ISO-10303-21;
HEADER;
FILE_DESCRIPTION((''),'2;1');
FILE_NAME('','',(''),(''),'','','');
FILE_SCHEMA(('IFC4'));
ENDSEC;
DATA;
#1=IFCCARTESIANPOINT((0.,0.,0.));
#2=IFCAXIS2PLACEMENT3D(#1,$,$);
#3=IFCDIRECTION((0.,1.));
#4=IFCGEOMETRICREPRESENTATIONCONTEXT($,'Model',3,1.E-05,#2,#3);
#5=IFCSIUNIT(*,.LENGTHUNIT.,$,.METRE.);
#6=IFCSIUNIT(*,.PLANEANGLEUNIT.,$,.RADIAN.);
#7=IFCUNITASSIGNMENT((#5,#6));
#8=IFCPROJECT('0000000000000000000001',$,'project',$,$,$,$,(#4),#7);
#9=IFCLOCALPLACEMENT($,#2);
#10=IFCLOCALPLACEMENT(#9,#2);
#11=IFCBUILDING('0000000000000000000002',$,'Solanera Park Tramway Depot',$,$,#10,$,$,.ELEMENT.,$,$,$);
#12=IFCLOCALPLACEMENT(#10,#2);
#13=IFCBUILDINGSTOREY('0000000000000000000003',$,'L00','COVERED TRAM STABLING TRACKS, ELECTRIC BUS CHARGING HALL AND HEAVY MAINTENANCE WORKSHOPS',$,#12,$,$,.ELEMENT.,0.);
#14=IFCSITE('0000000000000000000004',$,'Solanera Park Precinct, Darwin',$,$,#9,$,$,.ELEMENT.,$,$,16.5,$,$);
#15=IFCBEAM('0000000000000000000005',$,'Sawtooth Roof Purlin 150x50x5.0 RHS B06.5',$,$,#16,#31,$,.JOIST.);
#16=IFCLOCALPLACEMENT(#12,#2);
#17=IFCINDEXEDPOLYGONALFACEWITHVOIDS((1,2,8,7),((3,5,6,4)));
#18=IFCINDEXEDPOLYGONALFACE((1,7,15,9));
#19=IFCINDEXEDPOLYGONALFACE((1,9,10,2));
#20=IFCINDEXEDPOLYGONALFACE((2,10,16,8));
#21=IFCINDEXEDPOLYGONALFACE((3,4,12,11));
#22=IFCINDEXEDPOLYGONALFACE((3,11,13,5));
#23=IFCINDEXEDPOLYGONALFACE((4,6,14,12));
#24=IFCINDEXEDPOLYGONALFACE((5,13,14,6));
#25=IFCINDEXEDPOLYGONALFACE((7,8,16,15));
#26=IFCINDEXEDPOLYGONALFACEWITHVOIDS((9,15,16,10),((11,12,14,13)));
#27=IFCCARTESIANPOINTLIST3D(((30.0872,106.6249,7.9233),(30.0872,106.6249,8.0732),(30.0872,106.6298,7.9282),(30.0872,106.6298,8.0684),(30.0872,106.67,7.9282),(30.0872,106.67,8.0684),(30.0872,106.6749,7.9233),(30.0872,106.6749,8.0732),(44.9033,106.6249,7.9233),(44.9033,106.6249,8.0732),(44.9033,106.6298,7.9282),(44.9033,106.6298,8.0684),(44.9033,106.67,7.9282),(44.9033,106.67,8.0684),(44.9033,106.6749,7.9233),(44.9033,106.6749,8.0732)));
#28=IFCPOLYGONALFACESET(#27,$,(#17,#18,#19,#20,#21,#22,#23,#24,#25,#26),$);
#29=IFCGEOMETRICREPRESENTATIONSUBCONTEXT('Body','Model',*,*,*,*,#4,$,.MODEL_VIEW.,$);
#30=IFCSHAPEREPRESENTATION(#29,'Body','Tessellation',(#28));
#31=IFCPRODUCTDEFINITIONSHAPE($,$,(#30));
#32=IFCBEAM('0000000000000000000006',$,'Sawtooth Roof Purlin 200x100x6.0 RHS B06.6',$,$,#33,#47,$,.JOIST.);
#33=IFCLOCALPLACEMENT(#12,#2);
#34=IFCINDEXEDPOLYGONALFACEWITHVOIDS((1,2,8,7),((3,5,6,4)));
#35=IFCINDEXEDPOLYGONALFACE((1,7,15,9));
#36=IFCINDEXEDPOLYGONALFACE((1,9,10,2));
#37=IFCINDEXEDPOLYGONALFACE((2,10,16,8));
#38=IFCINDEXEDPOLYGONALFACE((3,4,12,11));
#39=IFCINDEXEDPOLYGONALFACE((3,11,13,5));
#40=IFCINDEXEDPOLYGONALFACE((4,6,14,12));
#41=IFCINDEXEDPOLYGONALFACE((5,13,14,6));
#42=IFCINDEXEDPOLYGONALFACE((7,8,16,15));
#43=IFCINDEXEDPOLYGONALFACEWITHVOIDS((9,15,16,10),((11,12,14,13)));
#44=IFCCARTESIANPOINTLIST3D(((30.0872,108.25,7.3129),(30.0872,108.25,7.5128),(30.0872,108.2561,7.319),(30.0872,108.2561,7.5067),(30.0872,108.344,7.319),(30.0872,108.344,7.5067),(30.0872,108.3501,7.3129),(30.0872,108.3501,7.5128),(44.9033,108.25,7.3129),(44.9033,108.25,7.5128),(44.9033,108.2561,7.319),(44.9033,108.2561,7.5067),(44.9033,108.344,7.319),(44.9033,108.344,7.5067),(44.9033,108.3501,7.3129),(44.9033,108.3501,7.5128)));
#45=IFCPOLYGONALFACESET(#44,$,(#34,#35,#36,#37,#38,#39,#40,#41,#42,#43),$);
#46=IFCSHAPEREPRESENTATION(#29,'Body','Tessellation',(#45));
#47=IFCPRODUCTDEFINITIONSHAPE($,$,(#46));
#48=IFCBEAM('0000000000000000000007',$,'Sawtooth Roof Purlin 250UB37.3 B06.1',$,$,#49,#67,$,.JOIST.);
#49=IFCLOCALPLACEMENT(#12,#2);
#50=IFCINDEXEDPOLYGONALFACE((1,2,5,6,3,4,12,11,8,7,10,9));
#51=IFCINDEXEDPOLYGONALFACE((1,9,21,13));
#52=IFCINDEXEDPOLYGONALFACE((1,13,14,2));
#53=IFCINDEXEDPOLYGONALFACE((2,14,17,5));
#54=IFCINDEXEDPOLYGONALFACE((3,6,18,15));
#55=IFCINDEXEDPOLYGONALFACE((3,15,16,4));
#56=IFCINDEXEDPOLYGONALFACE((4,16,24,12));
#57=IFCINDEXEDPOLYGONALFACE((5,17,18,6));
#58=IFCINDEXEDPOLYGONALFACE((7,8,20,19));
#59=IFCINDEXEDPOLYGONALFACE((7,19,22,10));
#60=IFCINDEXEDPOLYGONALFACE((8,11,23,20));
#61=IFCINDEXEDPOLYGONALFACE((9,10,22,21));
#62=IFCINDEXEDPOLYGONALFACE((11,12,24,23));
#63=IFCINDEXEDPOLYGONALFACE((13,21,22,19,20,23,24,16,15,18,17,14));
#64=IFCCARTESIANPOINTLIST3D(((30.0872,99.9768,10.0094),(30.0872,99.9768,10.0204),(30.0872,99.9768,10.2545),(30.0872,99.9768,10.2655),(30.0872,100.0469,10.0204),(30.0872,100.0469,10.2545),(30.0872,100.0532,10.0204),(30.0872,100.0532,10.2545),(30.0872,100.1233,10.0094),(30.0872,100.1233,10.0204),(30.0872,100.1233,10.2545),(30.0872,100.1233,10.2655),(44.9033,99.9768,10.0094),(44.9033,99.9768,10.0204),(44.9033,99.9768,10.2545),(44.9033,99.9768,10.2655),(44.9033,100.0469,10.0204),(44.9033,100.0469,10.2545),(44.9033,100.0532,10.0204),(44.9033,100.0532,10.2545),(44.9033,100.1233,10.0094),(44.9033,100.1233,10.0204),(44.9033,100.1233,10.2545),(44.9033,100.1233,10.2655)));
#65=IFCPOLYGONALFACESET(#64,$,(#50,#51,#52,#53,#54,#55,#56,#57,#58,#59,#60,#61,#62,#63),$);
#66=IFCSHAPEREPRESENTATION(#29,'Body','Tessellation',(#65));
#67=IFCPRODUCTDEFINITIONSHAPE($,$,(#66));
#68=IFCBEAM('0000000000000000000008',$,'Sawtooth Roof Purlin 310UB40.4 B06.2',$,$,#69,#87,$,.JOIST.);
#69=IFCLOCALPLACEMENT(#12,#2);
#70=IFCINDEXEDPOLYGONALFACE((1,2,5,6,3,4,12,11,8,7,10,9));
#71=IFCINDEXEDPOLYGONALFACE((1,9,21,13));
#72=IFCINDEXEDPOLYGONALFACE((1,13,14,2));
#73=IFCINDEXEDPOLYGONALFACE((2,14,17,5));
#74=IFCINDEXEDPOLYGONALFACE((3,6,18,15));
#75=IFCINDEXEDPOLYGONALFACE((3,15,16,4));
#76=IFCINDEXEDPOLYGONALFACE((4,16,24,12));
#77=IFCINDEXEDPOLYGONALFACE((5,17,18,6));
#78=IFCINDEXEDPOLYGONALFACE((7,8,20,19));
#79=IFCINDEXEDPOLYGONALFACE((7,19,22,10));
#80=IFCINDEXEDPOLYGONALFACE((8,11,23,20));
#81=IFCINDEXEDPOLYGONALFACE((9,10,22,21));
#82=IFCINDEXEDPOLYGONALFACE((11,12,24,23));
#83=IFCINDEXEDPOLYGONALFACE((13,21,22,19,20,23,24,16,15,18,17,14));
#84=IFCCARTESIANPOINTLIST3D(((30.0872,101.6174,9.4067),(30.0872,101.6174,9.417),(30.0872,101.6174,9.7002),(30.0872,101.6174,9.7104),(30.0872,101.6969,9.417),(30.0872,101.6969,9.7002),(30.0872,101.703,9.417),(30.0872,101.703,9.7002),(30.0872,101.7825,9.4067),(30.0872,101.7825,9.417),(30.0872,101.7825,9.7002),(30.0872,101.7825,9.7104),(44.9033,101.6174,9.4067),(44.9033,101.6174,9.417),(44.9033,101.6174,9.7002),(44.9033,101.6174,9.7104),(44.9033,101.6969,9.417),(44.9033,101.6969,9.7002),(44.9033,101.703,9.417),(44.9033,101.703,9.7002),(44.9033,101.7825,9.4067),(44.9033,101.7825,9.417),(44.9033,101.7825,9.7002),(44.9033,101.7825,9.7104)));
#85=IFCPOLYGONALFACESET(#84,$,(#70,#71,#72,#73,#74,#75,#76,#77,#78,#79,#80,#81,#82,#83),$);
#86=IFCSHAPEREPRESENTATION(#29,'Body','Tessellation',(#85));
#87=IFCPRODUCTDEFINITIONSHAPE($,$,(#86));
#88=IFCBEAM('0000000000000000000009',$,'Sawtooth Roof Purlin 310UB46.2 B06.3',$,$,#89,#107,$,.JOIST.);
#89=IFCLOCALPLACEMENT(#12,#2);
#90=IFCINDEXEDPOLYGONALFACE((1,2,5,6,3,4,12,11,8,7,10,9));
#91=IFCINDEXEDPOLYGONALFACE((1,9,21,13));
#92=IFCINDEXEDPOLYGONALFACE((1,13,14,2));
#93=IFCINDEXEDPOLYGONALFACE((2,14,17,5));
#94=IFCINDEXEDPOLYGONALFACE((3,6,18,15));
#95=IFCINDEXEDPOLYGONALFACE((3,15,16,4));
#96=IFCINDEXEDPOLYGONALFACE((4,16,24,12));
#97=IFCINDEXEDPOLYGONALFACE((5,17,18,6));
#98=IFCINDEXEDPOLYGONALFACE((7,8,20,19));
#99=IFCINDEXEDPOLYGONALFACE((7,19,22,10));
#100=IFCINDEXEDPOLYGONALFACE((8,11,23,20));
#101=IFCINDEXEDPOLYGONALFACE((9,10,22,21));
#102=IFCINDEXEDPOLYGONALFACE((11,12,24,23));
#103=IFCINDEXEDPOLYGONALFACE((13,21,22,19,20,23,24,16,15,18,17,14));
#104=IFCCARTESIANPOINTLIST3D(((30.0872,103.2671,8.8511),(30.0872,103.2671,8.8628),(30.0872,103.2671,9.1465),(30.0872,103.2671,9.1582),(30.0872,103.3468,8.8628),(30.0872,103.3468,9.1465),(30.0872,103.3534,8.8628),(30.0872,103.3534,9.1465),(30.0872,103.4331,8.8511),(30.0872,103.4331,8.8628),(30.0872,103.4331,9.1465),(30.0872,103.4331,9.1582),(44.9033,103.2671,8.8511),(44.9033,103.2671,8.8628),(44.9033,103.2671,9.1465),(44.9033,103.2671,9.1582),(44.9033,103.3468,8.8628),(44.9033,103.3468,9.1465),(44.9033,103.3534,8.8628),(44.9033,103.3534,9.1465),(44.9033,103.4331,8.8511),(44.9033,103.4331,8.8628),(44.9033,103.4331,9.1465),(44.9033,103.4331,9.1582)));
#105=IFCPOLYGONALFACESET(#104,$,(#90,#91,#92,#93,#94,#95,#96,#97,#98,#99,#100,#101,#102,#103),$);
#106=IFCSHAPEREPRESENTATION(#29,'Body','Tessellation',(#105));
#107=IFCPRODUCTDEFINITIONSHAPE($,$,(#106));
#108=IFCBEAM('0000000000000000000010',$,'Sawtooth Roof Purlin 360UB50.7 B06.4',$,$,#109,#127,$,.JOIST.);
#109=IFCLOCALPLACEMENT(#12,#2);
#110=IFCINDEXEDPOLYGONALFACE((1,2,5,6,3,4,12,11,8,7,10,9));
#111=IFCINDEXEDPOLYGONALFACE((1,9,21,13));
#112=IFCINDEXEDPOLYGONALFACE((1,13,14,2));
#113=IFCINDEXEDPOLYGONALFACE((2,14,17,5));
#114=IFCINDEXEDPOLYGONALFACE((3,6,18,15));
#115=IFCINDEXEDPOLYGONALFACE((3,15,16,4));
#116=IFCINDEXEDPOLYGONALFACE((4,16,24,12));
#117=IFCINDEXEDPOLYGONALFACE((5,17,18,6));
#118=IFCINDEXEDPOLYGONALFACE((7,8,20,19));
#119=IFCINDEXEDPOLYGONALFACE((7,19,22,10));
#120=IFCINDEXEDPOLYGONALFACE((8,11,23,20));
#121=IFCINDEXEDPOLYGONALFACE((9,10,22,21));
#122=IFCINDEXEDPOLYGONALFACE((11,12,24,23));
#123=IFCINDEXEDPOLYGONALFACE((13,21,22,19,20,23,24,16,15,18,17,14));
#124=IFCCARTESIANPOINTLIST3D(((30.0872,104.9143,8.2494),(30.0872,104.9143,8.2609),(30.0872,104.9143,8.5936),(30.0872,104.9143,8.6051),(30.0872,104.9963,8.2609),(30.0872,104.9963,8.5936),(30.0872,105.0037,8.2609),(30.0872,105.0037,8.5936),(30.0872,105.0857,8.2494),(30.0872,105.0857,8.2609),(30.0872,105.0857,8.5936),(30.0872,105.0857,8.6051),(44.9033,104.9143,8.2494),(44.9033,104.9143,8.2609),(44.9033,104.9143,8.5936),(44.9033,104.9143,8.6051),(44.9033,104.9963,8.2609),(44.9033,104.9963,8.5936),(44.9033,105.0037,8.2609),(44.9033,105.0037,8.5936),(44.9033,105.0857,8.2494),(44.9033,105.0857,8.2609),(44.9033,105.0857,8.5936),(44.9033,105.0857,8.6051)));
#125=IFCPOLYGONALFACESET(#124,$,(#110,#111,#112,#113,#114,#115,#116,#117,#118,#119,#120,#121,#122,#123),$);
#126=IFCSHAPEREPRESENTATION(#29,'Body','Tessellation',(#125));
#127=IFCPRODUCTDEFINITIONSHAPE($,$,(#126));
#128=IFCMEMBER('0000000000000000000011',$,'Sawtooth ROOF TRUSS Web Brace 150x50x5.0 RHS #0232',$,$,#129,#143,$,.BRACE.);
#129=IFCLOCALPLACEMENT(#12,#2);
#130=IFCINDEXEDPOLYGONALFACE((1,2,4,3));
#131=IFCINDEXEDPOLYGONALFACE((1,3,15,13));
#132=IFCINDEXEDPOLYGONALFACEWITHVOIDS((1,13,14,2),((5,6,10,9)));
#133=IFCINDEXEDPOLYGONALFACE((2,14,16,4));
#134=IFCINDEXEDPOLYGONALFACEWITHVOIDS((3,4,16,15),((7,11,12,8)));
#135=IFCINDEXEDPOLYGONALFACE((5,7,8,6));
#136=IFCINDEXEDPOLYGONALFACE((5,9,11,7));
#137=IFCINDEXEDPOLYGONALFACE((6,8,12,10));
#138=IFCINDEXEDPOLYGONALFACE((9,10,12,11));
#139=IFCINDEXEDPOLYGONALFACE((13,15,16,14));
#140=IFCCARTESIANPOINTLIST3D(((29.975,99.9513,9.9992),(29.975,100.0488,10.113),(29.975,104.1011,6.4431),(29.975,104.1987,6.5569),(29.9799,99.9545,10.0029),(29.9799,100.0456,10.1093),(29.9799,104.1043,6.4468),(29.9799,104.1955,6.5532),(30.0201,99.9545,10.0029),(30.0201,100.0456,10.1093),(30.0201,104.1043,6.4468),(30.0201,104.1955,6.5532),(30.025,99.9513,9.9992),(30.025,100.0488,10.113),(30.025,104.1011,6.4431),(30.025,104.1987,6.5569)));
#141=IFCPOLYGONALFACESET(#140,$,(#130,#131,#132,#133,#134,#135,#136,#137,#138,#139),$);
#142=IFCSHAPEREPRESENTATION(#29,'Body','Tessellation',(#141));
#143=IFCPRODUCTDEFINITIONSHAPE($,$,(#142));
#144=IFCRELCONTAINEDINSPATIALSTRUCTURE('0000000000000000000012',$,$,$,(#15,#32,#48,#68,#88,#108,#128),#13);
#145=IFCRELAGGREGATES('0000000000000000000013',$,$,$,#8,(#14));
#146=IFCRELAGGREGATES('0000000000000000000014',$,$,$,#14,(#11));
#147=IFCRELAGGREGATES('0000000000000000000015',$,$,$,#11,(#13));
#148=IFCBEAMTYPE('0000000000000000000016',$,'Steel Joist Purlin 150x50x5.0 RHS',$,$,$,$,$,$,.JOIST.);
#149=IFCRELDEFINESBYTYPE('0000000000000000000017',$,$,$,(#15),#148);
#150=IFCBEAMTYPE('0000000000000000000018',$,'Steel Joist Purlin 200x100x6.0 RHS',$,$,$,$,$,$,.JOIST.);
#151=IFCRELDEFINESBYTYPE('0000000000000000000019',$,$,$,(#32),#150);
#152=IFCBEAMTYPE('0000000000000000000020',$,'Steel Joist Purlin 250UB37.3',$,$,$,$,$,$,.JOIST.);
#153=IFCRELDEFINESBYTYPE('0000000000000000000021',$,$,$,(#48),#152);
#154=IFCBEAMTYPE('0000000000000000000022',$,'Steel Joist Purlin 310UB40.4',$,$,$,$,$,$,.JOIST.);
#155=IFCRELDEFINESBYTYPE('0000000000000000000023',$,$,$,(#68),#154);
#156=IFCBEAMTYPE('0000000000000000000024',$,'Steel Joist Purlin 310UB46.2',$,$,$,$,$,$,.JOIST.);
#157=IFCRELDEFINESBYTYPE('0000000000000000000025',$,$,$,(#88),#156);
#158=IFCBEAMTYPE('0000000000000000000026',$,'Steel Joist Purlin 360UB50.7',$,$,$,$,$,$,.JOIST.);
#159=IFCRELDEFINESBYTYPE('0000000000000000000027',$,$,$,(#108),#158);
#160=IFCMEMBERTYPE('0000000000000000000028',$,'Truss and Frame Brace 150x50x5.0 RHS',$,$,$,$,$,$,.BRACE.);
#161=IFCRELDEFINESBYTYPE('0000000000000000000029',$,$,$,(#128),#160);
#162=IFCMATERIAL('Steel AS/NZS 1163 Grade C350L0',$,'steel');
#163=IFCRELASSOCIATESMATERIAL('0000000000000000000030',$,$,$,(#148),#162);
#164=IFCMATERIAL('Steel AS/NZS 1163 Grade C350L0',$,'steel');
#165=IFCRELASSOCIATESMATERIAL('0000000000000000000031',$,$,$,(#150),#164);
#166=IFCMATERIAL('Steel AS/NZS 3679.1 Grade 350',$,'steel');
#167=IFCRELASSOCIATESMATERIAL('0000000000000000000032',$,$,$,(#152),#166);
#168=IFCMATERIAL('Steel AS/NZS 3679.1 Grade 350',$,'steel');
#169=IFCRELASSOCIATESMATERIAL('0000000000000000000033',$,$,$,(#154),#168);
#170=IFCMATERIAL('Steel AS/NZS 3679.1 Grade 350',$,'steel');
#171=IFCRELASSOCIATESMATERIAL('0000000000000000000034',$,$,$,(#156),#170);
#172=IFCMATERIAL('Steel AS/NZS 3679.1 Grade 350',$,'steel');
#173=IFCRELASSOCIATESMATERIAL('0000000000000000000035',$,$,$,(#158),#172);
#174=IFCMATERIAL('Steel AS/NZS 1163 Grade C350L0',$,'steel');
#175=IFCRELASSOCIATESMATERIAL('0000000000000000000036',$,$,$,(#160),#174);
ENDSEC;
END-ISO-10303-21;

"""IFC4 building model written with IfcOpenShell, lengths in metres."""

from ifc_helpers import new_model, si_unit, direction, frame, origin, origin_2d, place, context, subcontext, project, spatial, hollow_rectangle, i_section, extrude, material, material_profile, profile_set, type_object, element, save


model = new_model("IFC4")

# Units and contexts
model_context = context("Model", 3, precision=1e-05, world=origin(), true_north=direction((0.0, 1.0)))
body_context = subcontext(model_context, "Body", "Model", "MODEL_VIEW")
ifc_project = project(units=[si_unit("LENGTHUNIT", "METRE"), si_unit("PLANEANGLEUNIT", "RADIAN")], contexts=[model_context])

# Site, building, storey
site_placement = place(None, origin())
site = spatial("IfcSite", under=ifc_project, at=site_placement, Name="Solanera Park Precinct, Darwin", CompositionType="ELEMENT", RefElevation=16.5)
building_placement = place(site_placement, origin())
building = spatial("IfcBuilding", under=site, at=building_placement, Name="Solanera Park Tramway Depot", CompositionType="ELEMENT")
storey_placement = place(building_placement, origin())
storey = spatial("IfcBuildingStorey", under=building, at=storey_placement, Name="L00", Description="COVERED TRAM STABLING TRACKS, ELECTRIC BUS CHARGING HALL AND HEAVY MAINTENANCE WORKSHOPS", CompositionType="ELEMENT", Elevation=0.0)

# Beams
ifc_material_1 = material(Name="Steel AS/NZS 1163 Grade C350L0", Category="steel")
ifc_material_profile_1 = material_profile(ifc_material_1, hollow_rectangle(XDim=0.05, YDim=0.1499, WallThickness=0.0049, at=origin_2d()), Name="150x50x5.0 RHS")
ifc_profile_set_1 = profile_set([ifc_material_profile_1], Name="Steel AS/NZS 1163 Grade C350L0")
beam_type_1 = type_object("IfcBeamType", Name="Steel Joist Purlin 150x50x5.0 RHS", PredefinedType="JOIST", material=ifc_profile_set_1)
beam_1_placement = place(storey_placement, frame((30.0872, 106.6499, 7.9983), z_axis=(1.0, 0.0, 0.0), x_axis=(0.0, 1.0, 0.0)))
element("IfcBeam", 1, at=beam_1_placement, inside=storey, type_object=beam_type_1, Name="Sawtooth Roof Purlin 150x50x5.0 RHS B06.5", PredefinedType="JOIST", context=body_context, shape_type="SweptSolid", body=[
    extrude(hollow_rectangle(XDim=0.05, YDim=0.1499, WallThickness=0.0049, at=origin_2d()), origin(), (0.0, 0.0, 1.0), 14.8162),
])
ifc_material_2 = material(Name="Steel AS/NZS 1163 Grade C350L0", Category="steel")
ifc_material_profile_2 = material_profile(ifc_material_2, hollow_rectangle(XDim=0.1001, YDim=0.2, WallThickness=0.0061, at=origin_2d()), Name="200x100x6.0 RHS")
ifc_profile_set_2 = profile_set([ifc_material_profile_2], Name="Steel AS/NZS 1163 Grade C350L0")
beam_type_2 = type_object("IfcBeamType", Name="Steel Joist Purlin 200x100x6.0 RHS", PredefinedType="JOIST", material=ifc_profile_set_2)
beam_2_placement = place(storey_placement, frame((30.0872, 108.3, 7.4128), z_axis=(1.0, 0.0, 0.0), x_axis=(0.0, 1.0, 0.0)))
element("IfcBeam", 2, at=beam_2_placement, inside=storey, type_object=beam_type_2, Name="Sawtooth Roof Purlin 200x100x6.0 RHS B06.6", PredefinedType="JOIST", context=body_context, shape_type="SweptSolid", body=[
    extrude(hollow_rectangle(XDim=0.1001, YDim=0.2, WallThickness=0.0061, at=origin_2d()), origin(), (0.0, 0.0, 1.0), 14.8162),
])
ifc_material_3 = material(Name="Steel AS/NZS 3679.1 Grade 350", Category="steel")
ifc_material_profile_3 = material_profile(ifc_material_3, i_section(OverallWidth=0.1465, OverallDepth=0.2561, WebThickness=0.0063, FlangeThickness=0.011, at=origin_2d()), Name="250UB37.3")
ifc_profile_set_3 = profile_set([ifc_material_profile_3], Name="Steel AS/NZS 3679.1 Grade 350")
beam_type_3 = type_object("IfcBeamType", Name="Steel Joist Purlin 250UB37.3", PredefinedType="JOIST", material=ifc_profile_set_3)
beam_3_placement = place(storey_placement, frame((30.0872, 100.05, 10.1375), z_axis=(1.0, 0.0, 0.0), x_axis=(0.0, 1.0, 0.0)))
element("IfcBeam", 3, at=beam_3_placement, inside=storey, type_object=beam_type_3, Name="Sawtooth Roof Purlin 250UB37.3 B06.1", PredefinedType="JOIST", context=body_context, shape_type="SweptSolid", body=[
    extrude(i_section(OverallWidth=0.1465, OverallDepth=0.2561, WebThickness=0.0063, FlangeThickness=0.011, at=origin_2d()), origin(), (0.0, 0.0, 1.0), 14.8162),
])
ifc_material_4 = material(Name="Steel AS/NZS 3679.1 Grade 350", Category="steel")
ifc_material_profile_4 = material_profile(ifc_material_4, i_section(OverallWidth=0.165, OverallDepth=0.3037, WebThickness=0.0061, FlangeThickness=0.0103, at=origin_2d()), Name="310UB40.4")
ifc_profile_set_4 = profile_set([ifc_material_profile_4], Name="Steel AS/NZS 3679.1 Grade 350")
beam_type_4 = type_object("IfcBeamType", Name="Steel Joist Purlin 310UB40.4", PredefinedType="JOIST", material=ifc_profile_set_4)
beam_4_placement = place(storey_placement, frame((30.0872, 101.7, 9.5586), z_axis=(1.0, 0.0, 0.0), x_axis=(0.0, 1.0, 0.0)))
element("IfcBeam", 4, at=beam_4_placement, inside=storey, type_object=beam_type_4, Name="Sawtooth Roof Purlin 310UB40.4 B06.2", PredefinedType="JOIST", context=body_context, shape_type="SweptSolid", body=[
    extrude(i_section(OverallWidth=0.165, OverallDepth=0.3037, WebThickness=0.0061, FlangeThickness=0.0103, at=origin_2d()), origin(), (0.0, 0.0, 1.0), 14.8162),
])
ifc_material_5 = material(Name="Steel AS/NZS 3679.1 Grade 350", Category="steel")
ifc_material_profile_5 = material_profile(ifc_material_5, i_section(OverallWidth=0.166, OverallDepth=0.3071, WebThickness=0.0066, FlangeThickness=0.0117, at=origin_2d()), Name="310UB46.2")
ifc_profile_set_5 = profile_set([ifc_material_profile_5], Name="Steel AS/NZS 3679.1 Grade 350")
beam_type_5 = type_object("IfcBeamType", Name="Steel Joist Purlin 310UB46.2", PredefinedType="JOIST", material=ifc_profile_set_5)
beam_5_placement = place(storey_placement, frame((30.0872, 103.3501, 9.0046), z_axis=(1.0, 0.0, 0.0), x_axis=(0.0, 1.0, 0.0)))
element("IfcBeam", 5, at=beam_5_placement, inside=storey, type_object=beam_type_5, Name="Sawtooth Roof Purlin 310UB46.2 B06.3", PredefinedType="JOIST", context=body_context, shape_type="SweptSolid", body=[
    extrude(i_section(OverallWidth=0.166, OverallDepth=0.3071, WebThickness=0.0066, FlangeThickness=0.0117, at=origin_2d()), origin(), (0.0, 0.0, 1.0), 14.8162),
])
ifc_material_6 = material(Name="Steel AS/NZS 3679.1 Grade 350", Category="steel")
ifc_material_profile_6 = material_profile(ifc_material_6, i_section(OverallWidth=0.1714, OverallDepth=0.3557, WebThickness=0.0073, FlangeThickness=0.0115, at=origin_2d()), Name="360UB50.7")
ifc_profile_set_6 = profile_set([ifc_material_profile_6], Name="Steel AS/NZS 3679.1 Grade 350")
beam_type_6 = type_object("IfcBeamType", Name="Steel Joist Purlin 360UB50.7", PredefinedType="JOIST", material=ifc_profile_set_6)
beam_6_placement = place(storey_placement, frame((30.0872, 105.0, 8.4272), z_axis=(1.0, 0.0, 0.0), x_axis=(0.0, 1.0, 0.0)))
element("IfcBeam", 6, at=beam_6_placement, inside=storey, type_object=beam_type_6, Name="Sawtooth Roof Purlin 360UB50.7 B06.4", PredefinedType="JOIST", context=body_context, shape_type="SweptSolid", body=[
    extrude(i_section(OverallWidth=0.1714, OverallDepth=0.3557, WebThickness=0.0073, FlangeThickness=0.0115, at=origin_2d()), origin(), (0.0, 0.0, 1.0), 14.8162),
])

# Member
ifc_material_7 = material(Name="Steel AS/NZS 1163 Grade C350L0", Category="steel")
ifc_material_profile_7 = material_profile(ifc_material_7, hollow_rectangle(XDim=0.05, YDim=0.1499, WallThickness=0.0049, at=origin_2d()), Name="150x50x5.0 RHS")
ifc_profile_set_7 = profile_set([ifc_material_profile_7], Name="Steel AS/NZS 1163 Grade C350L0")
member_type_1 = type_object("IfcMemberType", Name="Truss and Frame Brace 150x50x5.0 RHS", PredefinedType="BRACE", material=ifc_profile_set_7)
member_1_placement = place(storey_placement, frame((30.0, 104.1499, 6.5), z_axis=(0.0, -0.759339, 0.650696), x_axis=(1.0, 0.0, 0.0)))
element("IfcMember", 7, at=member_1_placement, inside=storey, type_object=member_type_1, Name="Sawtooth ROOF TRUSS Web Brace 150x50x5.0 RHS #0232", PredefinedType="BRACE", context=body_context, shape_type="SweptSolid", body=[
    extrude(hollow_rectangle(XDim=0.05, YDim=0.1499, WallThickness=0.0049, at=origin_2d()), origin(), (0.0, 0.0, 1.0), 5.4651),
])

save(model, "model.ifc")
